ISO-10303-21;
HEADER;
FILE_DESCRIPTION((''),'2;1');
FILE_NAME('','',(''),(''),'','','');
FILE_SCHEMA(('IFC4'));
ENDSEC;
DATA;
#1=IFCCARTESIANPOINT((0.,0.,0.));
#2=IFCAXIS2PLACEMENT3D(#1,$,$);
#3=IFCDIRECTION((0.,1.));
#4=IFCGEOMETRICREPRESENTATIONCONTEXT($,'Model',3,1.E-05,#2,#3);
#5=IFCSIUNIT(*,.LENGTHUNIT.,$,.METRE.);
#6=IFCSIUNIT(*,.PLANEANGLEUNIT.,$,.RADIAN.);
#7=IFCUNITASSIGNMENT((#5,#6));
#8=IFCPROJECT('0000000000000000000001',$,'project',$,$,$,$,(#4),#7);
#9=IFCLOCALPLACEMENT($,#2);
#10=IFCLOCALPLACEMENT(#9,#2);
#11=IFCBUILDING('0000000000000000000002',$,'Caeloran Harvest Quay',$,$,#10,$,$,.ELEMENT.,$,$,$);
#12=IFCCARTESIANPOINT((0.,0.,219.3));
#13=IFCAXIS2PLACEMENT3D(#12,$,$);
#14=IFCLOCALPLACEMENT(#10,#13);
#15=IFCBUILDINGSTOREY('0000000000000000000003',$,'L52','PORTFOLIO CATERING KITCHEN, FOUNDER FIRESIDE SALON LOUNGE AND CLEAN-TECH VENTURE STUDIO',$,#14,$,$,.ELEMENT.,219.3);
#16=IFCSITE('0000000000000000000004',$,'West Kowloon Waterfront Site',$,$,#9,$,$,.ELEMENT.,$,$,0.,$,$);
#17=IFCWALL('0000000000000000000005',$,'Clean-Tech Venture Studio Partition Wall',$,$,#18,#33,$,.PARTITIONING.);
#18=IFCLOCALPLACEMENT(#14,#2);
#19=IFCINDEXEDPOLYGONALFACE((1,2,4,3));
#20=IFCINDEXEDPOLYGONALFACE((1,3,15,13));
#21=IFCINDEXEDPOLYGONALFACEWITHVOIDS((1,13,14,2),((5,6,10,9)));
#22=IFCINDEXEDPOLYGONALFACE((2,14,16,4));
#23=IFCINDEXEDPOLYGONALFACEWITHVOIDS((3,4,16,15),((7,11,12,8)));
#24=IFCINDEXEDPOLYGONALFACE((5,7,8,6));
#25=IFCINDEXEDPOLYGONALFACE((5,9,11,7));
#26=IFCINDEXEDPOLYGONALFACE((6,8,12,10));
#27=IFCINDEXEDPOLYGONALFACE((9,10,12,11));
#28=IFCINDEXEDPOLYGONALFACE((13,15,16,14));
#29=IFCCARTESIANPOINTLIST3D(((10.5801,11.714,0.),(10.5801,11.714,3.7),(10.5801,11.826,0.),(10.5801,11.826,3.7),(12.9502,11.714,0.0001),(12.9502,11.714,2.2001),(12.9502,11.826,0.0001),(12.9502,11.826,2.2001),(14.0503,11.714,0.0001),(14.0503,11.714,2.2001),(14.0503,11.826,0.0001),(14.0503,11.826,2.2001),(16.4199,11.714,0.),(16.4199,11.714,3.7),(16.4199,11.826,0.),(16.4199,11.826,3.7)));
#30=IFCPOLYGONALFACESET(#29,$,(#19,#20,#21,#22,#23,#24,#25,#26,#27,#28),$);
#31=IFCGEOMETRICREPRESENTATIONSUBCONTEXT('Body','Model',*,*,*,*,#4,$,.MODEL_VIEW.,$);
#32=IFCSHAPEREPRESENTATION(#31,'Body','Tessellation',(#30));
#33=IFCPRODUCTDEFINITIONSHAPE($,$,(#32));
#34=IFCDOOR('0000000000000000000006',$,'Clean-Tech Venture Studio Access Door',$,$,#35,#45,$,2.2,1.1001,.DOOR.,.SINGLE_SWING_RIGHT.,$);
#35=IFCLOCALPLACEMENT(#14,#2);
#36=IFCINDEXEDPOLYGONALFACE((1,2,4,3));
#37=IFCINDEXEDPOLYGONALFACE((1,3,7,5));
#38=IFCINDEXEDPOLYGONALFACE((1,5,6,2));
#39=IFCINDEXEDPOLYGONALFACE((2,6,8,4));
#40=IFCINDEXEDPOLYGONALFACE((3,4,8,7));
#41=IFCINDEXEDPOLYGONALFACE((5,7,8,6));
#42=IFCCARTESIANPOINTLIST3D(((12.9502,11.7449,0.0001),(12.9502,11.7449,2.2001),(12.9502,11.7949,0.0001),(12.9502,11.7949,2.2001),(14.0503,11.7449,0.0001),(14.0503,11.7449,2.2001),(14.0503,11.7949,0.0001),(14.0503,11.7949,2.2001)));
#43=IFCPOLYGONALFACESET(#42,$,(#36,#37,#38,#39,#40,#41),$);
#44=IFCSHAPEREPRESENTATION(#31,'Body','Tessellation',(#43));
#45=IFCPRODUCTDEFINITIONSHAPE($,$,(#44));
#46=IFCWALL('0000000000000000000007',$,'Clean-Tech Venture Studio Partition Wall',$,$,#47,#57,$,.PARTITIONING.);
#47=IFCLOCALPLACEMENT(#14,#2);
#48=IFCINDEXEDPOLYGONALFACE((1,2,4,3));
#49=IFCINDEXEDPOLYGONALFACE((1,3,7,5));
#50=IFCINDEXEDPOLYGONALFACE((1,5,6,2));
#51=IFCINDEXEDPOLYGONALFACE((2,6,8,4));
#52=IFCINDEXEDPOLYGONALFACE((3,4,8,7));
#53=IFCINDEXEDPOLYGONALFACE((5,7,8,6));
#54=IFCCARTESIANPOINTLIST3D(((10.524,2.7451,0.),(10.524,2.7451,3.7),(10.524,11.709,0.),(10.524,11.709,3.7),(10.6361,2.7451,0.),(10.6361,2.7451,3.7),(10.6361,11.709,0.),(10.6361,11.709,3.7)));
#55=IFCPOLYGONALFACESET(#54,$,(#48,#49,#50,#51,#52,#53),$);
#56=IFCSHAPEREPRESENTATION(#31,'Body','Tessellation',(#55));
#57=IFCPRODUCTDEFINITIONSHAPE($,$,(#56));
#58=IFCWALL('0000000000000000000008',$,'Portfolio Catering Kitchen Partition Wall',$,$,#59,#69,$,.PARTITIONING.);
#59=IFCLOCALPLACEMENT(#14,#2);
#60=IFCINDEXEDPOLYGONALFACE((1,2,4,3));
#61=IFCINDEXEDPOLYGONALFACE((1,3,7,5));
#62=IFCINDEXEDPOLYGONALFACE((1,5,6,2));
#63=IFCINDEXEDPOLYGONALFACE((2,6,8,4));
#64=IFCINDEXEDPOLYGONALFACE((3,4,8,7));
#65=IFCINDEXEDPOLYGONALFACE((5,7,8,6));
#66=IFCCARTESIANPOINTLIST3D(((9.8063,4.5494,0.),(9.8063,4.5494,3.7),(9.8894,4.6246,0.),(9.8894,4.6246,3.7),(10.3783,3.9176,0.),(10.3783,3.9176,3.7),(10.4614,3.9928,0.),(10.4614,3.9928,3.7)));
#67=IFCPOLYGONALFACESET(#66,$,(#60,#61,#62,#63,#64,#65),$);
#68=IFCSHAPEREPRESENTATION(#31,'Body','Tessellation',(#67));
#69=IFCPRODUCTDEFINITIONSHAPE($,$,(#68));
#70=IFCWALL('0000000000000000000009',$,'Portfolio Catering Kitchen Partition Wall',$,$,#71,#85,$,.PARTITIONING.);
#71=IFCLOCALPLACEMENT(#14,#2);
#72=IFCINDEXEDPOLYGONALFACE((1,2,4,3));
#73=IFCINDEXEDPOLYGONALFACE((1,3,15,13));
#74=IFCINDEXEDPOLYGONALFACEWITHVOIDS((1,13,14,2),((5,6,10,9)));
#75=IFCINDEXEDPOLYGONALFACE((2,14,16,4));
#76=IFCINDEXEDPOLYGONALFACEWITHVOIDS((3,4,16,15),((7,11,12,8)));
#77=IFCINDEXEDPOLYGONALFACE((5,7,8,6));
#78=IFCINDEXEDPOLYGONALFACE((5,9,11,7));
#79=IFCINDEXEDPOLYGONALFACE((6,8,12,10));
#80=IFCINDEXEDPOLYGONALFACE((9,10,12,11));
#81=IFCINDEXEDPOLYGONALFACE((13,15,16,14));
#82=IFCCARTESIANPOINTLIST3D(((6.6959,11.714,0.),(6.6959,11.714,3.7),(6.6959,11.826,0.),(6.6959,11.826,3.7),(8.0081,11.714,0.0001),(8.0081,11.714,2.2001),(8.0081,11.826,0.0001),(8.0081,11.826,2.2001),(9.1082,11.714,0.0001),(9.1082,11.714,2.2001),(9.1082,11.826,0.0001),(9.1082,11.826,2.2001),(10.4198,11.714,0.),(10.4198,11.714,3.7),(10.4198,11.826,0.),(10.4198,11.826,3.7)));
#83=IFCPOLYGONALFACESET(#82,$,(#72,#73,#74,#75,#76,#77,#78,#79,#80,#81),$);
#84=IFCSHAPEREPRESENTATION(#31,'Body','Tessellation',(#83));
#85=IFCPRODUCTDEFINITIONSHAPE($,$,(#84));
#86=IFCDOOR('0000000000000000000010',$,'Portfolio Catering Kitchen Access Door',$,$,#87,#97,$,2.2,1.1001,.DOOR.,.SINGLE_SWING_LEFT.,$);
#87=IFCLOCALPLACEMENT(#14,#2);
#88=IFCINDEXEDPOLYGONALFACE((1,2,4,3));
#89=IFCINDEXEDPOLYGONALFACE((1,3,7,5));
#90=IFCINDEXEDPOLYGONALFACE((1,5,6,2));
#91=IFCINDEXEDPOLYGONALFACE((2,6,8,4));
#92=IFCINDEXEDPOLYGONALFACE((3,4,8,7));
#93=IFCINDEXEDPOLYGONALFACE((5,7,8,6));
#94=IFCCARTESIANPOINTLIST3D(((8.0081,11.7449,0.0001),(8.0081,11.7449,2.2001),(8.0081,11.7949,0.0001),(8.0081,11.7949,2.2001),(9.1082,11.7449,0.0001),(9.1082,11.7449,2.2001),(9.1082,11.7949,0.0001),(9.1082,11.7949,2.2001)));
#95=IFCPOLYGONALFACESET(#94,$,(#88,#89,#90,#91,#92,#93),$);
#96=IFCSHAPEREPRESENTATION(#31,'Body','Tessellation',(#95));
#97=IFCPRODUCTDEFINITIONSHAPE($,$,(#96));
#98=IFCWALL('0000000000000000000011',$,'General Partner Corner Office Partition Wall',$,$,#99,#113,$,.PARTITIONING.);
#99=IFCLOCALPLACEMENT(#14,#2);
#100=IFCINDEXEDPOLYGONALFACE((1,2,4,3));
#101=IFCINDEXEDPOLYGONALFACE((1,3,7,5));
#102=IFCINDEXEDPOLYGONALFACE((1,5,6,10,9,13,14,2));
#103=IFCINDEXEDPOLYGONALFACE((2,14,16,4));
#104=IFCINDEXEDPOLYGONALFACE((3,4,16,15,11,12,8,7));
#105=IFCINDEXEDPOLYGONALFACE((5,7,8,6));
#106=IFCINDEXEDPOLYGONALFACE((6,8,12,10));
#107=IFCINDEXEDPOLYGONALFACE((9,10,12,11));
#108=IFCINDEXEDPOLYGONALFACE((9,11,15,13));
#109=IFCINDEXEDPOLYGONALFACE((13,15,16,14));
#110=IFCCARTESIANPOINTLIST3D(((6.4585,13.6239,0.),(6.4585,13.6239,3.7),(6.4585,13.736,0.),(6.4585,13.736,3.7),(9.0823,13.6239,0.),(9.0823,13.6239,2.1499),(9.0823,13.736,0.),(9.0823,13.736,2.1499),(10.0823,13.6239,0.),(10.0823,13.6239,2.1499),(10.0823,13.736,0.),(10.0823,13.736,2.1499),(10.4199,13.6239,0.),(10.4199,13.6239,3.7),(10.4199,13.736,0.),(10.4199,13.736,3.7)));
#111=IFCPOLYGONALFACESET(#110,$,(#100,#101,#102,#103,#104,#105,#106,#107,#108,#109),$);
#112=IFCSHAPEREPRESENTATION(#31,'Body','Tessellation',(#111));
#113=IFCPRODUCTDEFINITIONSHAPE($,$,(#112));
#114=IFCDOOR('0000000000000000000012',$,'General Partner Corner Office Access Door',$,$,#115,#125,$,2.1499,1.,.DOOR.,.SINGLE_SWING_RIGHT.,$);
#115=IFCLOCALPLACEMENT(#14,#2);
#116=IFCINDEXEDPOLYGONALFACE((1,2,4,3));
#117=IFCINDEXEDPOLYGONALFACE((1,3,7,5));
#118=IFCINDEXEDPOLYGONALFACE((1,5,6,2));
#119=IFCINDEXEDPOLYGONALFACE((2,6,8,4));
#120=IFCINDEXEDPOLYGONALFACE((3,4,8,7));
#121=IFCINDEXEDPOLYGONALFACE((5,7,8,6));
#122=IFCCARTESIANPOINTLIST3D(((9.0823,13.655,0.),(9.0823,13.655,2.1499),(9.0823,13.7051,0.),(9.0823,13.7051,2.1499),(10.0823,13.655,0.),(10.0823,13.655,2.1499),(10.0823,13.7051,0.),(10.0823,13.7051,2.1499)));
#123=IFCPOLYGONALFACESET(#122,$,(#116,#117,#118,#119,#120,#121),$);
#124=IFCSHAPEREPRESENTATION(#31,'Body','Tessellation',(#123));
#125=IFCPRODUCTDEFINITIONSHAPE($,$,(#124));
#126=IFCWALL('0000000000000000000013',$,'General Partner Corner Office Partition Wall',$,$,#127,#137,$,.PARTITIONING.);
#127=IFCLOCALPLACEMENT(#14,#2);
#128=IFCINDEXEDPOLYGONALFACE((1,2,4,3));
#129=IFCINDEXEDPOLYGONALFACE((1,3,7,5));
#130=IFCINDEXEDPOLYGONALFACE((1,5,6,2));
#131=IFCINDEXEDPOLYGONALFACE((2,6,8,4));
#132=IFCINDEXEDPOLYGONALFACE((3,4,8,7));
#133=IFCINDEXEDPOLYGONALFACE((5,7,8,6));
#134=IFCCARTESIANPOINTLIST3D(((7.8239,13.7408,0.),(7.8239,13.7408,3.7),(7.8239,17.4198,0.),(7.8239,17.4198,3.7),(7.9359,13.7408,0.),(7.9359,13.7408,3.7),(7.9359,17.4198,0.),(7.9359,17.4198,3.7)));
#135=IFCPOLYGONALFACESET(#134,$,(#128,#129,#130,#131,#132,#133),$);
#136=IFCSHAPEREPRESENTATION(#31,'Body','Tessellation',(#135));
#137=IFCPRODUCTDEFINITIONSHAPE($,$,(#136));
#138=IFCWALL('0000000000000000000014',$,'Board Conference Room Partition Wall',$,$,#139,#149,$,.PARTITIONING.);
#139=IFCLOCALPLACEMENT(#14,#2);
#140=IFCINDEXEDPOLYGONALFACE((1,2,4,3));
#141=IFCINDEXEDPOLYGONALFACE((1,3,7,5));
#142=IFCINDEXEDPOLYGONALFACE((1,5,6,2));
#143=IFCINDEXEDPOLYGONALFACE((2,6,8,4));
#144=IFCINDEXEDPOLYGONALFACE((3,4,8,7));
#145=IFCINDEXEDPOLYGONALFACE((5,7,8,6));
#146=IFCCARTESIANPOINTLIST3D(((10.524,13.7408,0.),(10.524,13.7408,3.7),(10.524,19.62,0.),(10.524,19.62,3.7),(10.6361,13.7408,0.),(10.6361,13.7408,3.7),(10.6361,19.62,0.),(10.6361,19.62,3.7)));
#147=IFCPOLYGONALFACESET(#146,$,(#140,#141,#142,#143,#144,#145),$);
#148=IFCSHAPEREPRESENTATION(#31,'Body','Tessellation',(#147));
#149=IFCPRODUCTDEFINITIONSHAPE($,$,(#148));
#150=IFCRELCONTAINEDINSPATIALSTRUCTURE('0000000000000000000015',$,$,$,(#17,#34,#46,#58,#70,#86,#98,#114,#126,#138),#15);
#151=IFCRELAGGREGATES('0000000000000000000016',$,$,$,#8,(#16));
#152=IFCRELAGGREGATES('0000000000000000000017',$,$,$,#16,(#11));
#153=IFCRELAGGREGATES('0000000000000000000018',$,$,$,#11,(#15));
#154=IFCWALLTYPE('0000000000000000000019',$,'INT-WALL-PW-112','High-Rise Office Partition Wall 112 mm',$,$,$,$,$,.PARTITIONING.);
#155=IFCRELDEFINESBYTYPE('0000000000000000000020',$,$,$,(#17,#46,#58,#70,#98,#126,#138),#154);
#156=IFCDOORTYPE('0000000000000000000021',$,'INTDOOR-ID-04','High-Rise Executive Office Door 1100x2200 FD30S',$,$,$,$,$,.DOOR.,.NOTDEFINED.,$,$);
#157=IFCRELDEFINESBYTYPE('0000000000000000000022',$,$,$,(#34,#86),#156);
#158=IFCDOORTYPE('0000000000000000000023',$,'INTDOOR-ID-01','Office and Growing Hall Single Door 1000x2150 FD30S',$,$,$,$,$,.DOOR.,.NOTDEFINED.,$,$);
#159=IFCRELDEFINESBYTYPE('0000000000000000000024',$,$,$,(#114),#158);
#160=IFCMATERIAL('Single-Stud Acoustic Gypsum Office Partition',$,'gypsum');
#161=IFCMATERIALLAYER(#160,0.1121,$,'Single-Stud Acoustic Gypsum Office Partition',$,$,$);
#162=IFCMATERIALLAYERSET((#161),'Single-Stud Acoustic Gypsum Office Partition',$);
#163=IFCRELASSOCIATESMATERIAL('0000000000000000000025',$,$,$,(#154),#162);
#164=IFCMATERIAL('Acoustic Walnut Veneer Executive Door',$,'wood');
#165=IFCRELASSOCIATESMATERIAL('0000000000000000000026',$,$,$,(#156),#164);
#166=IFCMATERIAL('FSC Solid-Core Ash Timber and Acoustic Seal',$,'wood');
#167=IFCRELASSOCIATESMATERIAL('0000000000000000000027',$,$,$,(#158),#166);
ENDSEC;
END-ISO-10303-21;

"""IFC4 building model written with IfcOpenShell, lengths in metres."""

from ifc_helpers import new_model, si_unit, direction, frame, frame_2d, origin, place, context, subcontext, project, spatial, rectangle, extrude, material, layer, layer_set, type_object, element, fill, save


model = new_model("IFC4")

# Units and contexts
model_context = context("Model", 3, precision=1e-05, world=origin(), true_north=direction((0.0, 1.0)))
body_context = subcontext(model_context, "Body", "Model", "MODEL_VIEW")
ifc_project = project(units=[si_unit("LENGTHUNIT", "METRE"), si_unit("PLANEANGLEUNIT", "RADIAN")], contexts=[model_context])

# Site, building, storey
site_placement = place(None, origin())
site = spatial("IfcSite", under=ifc_project, at=site_placement, Name="West Kowloon Waterfront Site", CompositionType="ELEMENT", RefElevation=0.0)
building_placement = place(site_placement, origin())
building = spatial("IfcBuilding", under=site, at=building_placement, Name="Caeloran Harvest Quay", CompositionType="ELEMENT")
storey_placement = place(building_placement, frame((0.0, 0.0, 219.3)))
storey = spatial("IfcBuildingStorey", under=building, at=storey_placement, Name="L52", Description="PORTFOLIO CATERING KITCHEN, FOUNDER FIRESIDE SALON LOUNGE AND CLEAN-TECH VENTURE STUDIO", CompositionType="ELEMENT", Elevation=219.3)

# Wall, opening, door
ifc_material_1 = material(Name="Single-Stud Acoustic Gypsum Office Partition", Category="gypsum")
ifc_layer_1 = layer(ifc_material_1, 0.1121, Name="Single-Stud Acoustic Gypsum Office Partition")
ifc_layer_set_1 = layer_set([ifc_layer_1], Name="Single-Stud Acoustic Gypsum Office Partition")
wall_type_1 = type_object("IfcWallType", Name="INT-WALL-PW-112", Description="High-Rise Office Partition Wall 112 mm", PredefinedType="PARTITIONING", material=ifc_layer_set_1)
wall_1_placement = place(storey_placement, frame((10.5801, 11.77, 0.0), z_axis=(0.0, 0.0, 1.0), x_axis=(1.0, 0.0, 0.0)))
wall_1 = element("IfcWall", 1, at=wall_1_placement, inside=storey, type_object=wall_type_1, Name="Clean-Tech Venture Studio Partition Wall", PredefinedType="PARTITIONING", context=body_context, shape_type="SweptSolid", body=[
    extrude(rectangle(XDim=5.8398, YDim=0.1121, at=frame_2d((2.9199, 0.0))), origin(), (0.0, 0.0, 1.0), 3.7),
])
opening_1_placement = place(wall_1_placement, frame((2.3701, 0.0, 0.0)))
opening_1 = element("IfcOpeningElement", 2, at=opening_1_placement, cuts=wall_1, PredefinedType="OPENING", context=body_context, shape_type="SweptSolid", body=[
    extrude(rectangle(XDim=1.1001, YDim=2.2, at=frame_2d((0.55, 1.1001))), frame((0.0, 0.0659, 0.0), z_axis=(0.0, -1.0, 0.0), x_axis=(1.0, 0.0, 0.0)), (0.0, 0.0, 1.0), 0.1321),
])
ifc_material_2 = material(Name="Acoustic Walnut Veneer Executive Door", Category="wood")
door_type_1 = type_object("IfcDoorType", Name="INTDOOR-ID-04", Description="High-Rise Executive Office Door 1100x2200 FD30S", OperationType="NOTDEFINED", PredefinedType="DOOR", material=ifc_material_2)
door_1_placement = place(opening_1_placement, origin())
door_1 = element("IfcDoor", 3, at=door_1_placement, inside=storey, type_object=door_type_1, Name="Clean-Tech Venture Studio Access Door", OperationType="SINGLE_SWING_RIGHT", OverallHeight=2.2, OverallWidth=1.1001, PredefinedType="DOOR", context=body_context, shape_type="SweptSolid", body=[
    extrude(rectangle(XDim=1.1001, YDim=2.2, at=frame_2d((0.55, 1.1001))), frame((0.0, 0.0249, 0.0), z_axis=(0.0, -1.0, 0.0), x_axis=(1.0, 0.0, 0.0)), (0.0, 0.0, 1.0), 0.05),
])
fill(opening_1, door_1)

# Walls
wall_2_placement = place(storey_placement, frame((10.5801, 2.7451, 0.0), z_axis=(0.0, 0.0, 1.0), x_axis=(0.0, 1.0, 0.0)))
element("IfcWall", 4, at=wall_2_placement, inside=storey, type_object=wall_type_1, Name="Clean-Tech Venture Studio Partition Wall", PredefinedType="PARTITIONING", context=body_context, shape_type="SweptSolid", body=[
    extrude(rectangle(XDim=8.9639, YDim=0.1121, at=frame_2d((4.4819, 0.0))), origin(), (0.0, 0.0, 1.0), 3.7),
])
wall_3_placement = place(storey_placement, frame((10.4199, 3.9551, 0.0), z_axis=(0.0, 0.0, 1.0), x_axis=(-0.671146, 0.741325, 0.0)))
element("IfcWall", 5, at=wall_3_placement, inside=storey, type_object=wall_type_1, Name="Portfolio Catering Kitchen Partition Wall", PredefinedType="PARTITIONING", context=body_context, shape_type="SweptSolid", body=[
    extrude(rectangle(XDim=0.8523, YDim=0.1121, at=frame_2d((0.4263, 0.0))), origin(), (0.0, 0.0, 1.0), 3.7),
])

# Walls, openings, doors
wall_4_placement = place(storey_placement, frame((6.696, 11.77, 0.0), z_axis=(0.0, 0.0, 1.0), x_axis=(1.0, 0.0, 0.0)))
wall_4 = element("IfcWall", 6, at=wall_4_placement, inside=storey, type_object=wall_type_1, Name="Portfolio Catering Kitchen Partition Wall", PredefinedType="PARTITIONING", context=body_context, shape_type="SweptSolid", body=[
    extrude(rectangle(XDim=3.7239, YDim=0.1121, at=frame_2d((1.8618, 0.0))), origin(), (0.0, 0.0, 1.0), 3.7),
])
opening_2_placement = place(wall_4_placement, frame((1.312, 0.0, 0.0)))
opening_2 = element("IfcOpeningElement", 7, at=opening_2_placement, cuts=wall_4, PredefinedType="OPENING", context=body_context, shape_type="SweptSolid", body=[
    extrude(rectangle(XDim=1.1001, YDim=2.2, at=frame_2d((0.55, 1.1001))), frame((0.0, 0.0659, 0.0), z_axis=(0.0, -1.0, 0.0), x_axis=(1.0, 0.0, 0.0)), (0.0, 0.0, 1.0), 0.1321),
])
door_2_placement = place(opening_2_placement, origin())
door_2 = element("IfcDoor", 8, at=door_2_placement, inside=storey, type_object=door_type_1, Name="Portfolio Catering Kitchen Access Door", OperationType="SINGLE_SWING_LEFT", OverallHeight=2.2, OverallWidth=1.1001, PredefinedType="DOOR", context=body_context, shape_type="SweptSolid", body=[
    extrude(rectangle(XDim=1.1001, YDim=2.2, at=frame_2d((0.55, 1.1001))), frame((0.0, 0.0249, 0.0), z_axis=(0.0, -1.0, 0.0), x_axis=(1.0, 0.0, 0.0)), (0.0, 0.0, 1.0), 0.05),
])
fill(opening_2, door_2)
wall_5_placement = place(storey_placement, frame((10.4199, 13.6799, 0.0), z_axis=(0.0, 0.0, 1.0), x_axis=(-1.0, 0.0, 0.0)))
wall_5 = element("IfcWall", 9, at=wall_5_placement, inside=storey, type_object=wall_type_1, Name="General Partner Corner Office Partition Wall", PredefinedType="PARTITIONING", context=body_context, shape_type="SweptSolid", body=[
    extrude(rectangle(XDim=3.9614, YDim=0.1121, at=frame_2d((1.9807, 0.0))), origin(), (0.0, 0.0, 1.0), 3.7),
])
opening_3_placement = place(wall_5_placement, frame((0.3376, 0.0, 0.0)))
opening_3 = element("IfcOpeningElement", 10, at=opening_3_placement, cuts=wall_5, PredefinedType="OPENING", context=body_context, shape_type="SweptSolid", body=[
    extrude(rectangle(XDim=1.0, YDim=2.1499, at=frame_2d((0.5, 1.075))), frame((0.0, 0.0659, 0.0), z_axis=(0.0, -1.0, 0.0), x_axis=(1.0, 0.0, 0.0)), (0.0, 0.0, 1.0), 0.1321),
])
ifc_material_3 = material(Name="FSC Solid-Core Ash Timber and Acoustic Seal", Category="wood")
door_type_2 = type_object("IfcDoorType", Name="INTDOOR-ID-01", Description="Office and Growing Hall Single Door 1000x2150 FD30S", OperationType="NOTDEFINED", PredefinedType="DOOR", material=ifc_material_3)
door_3_placement = place(opening_3_placement, origin())
door_3 = element("IfcDoor", 11, at=door_3_placement, inside=storey, type_object=door_type_2, Name="General Partner Corner Office Access Door", OperationType="SINGLE_SWING_RIGHT", OverallHeight=2.1499, OverallWidth=1.0, PredefinedType="DOOR", context=body_context, shape_type="SweptSolid", body=[
    extrude(rectangle(XDim=1.0, YDim=2.1499, at=frame_2d((0.5, 1.075))), frame((0.0, 0.0249, 0.0), z_axis=(0.0, -1.0, 0.0), x_axis=(1.0, 0.0, 0.0)), (0.0, 0.0, 1.0), 0.05),
])
fill(opening_3, door_3)

# Walls
wall_6_placement = place(storey_placement, frame((7.8799, 13.741, 0.0), z_axis=(0.0, 0.0, 1.0), x_axis=(0.0, 1.0, 0.0)))
element("IfcWall", 12, at=wall_6_placement, inside=storey, type_object=wall_type_1, Name="General Partner Corner Office Partition Wall", PredefinedType="PARTITIONING", context=body_context, shape_type="SweptSolid", body=[
    extrude(rectangle(XDim=3.679, YDim=0.1121, at=frame_2d((1.8394, 0.0))), origin(), (0.0, 0.0, 1.0), 3.7),
])
wall_7_placement = place(storey_placement, frame((10.5801, 13.741, 0.0), z_axis=(0.0, 0.0, 1.0), x_axis=(0.0, 1.0, 0.0)))
element("IfcWall", 13, at=wall_7_placement, inside=storey, type_object=wall_type_1, Name="Board Conference Room Partition Wall", PredefinedType="PARTITIONING", context=body_context, shape_type="SweptSolid", body=[
    extrude(rectangle(XDim=5.8792, YDim=0.1121, at=frame_2d((2.9395, 0.0))), origin(), (0.0, 0.0, 1.0), 3.7),
])

save(model, "model.ifc")
